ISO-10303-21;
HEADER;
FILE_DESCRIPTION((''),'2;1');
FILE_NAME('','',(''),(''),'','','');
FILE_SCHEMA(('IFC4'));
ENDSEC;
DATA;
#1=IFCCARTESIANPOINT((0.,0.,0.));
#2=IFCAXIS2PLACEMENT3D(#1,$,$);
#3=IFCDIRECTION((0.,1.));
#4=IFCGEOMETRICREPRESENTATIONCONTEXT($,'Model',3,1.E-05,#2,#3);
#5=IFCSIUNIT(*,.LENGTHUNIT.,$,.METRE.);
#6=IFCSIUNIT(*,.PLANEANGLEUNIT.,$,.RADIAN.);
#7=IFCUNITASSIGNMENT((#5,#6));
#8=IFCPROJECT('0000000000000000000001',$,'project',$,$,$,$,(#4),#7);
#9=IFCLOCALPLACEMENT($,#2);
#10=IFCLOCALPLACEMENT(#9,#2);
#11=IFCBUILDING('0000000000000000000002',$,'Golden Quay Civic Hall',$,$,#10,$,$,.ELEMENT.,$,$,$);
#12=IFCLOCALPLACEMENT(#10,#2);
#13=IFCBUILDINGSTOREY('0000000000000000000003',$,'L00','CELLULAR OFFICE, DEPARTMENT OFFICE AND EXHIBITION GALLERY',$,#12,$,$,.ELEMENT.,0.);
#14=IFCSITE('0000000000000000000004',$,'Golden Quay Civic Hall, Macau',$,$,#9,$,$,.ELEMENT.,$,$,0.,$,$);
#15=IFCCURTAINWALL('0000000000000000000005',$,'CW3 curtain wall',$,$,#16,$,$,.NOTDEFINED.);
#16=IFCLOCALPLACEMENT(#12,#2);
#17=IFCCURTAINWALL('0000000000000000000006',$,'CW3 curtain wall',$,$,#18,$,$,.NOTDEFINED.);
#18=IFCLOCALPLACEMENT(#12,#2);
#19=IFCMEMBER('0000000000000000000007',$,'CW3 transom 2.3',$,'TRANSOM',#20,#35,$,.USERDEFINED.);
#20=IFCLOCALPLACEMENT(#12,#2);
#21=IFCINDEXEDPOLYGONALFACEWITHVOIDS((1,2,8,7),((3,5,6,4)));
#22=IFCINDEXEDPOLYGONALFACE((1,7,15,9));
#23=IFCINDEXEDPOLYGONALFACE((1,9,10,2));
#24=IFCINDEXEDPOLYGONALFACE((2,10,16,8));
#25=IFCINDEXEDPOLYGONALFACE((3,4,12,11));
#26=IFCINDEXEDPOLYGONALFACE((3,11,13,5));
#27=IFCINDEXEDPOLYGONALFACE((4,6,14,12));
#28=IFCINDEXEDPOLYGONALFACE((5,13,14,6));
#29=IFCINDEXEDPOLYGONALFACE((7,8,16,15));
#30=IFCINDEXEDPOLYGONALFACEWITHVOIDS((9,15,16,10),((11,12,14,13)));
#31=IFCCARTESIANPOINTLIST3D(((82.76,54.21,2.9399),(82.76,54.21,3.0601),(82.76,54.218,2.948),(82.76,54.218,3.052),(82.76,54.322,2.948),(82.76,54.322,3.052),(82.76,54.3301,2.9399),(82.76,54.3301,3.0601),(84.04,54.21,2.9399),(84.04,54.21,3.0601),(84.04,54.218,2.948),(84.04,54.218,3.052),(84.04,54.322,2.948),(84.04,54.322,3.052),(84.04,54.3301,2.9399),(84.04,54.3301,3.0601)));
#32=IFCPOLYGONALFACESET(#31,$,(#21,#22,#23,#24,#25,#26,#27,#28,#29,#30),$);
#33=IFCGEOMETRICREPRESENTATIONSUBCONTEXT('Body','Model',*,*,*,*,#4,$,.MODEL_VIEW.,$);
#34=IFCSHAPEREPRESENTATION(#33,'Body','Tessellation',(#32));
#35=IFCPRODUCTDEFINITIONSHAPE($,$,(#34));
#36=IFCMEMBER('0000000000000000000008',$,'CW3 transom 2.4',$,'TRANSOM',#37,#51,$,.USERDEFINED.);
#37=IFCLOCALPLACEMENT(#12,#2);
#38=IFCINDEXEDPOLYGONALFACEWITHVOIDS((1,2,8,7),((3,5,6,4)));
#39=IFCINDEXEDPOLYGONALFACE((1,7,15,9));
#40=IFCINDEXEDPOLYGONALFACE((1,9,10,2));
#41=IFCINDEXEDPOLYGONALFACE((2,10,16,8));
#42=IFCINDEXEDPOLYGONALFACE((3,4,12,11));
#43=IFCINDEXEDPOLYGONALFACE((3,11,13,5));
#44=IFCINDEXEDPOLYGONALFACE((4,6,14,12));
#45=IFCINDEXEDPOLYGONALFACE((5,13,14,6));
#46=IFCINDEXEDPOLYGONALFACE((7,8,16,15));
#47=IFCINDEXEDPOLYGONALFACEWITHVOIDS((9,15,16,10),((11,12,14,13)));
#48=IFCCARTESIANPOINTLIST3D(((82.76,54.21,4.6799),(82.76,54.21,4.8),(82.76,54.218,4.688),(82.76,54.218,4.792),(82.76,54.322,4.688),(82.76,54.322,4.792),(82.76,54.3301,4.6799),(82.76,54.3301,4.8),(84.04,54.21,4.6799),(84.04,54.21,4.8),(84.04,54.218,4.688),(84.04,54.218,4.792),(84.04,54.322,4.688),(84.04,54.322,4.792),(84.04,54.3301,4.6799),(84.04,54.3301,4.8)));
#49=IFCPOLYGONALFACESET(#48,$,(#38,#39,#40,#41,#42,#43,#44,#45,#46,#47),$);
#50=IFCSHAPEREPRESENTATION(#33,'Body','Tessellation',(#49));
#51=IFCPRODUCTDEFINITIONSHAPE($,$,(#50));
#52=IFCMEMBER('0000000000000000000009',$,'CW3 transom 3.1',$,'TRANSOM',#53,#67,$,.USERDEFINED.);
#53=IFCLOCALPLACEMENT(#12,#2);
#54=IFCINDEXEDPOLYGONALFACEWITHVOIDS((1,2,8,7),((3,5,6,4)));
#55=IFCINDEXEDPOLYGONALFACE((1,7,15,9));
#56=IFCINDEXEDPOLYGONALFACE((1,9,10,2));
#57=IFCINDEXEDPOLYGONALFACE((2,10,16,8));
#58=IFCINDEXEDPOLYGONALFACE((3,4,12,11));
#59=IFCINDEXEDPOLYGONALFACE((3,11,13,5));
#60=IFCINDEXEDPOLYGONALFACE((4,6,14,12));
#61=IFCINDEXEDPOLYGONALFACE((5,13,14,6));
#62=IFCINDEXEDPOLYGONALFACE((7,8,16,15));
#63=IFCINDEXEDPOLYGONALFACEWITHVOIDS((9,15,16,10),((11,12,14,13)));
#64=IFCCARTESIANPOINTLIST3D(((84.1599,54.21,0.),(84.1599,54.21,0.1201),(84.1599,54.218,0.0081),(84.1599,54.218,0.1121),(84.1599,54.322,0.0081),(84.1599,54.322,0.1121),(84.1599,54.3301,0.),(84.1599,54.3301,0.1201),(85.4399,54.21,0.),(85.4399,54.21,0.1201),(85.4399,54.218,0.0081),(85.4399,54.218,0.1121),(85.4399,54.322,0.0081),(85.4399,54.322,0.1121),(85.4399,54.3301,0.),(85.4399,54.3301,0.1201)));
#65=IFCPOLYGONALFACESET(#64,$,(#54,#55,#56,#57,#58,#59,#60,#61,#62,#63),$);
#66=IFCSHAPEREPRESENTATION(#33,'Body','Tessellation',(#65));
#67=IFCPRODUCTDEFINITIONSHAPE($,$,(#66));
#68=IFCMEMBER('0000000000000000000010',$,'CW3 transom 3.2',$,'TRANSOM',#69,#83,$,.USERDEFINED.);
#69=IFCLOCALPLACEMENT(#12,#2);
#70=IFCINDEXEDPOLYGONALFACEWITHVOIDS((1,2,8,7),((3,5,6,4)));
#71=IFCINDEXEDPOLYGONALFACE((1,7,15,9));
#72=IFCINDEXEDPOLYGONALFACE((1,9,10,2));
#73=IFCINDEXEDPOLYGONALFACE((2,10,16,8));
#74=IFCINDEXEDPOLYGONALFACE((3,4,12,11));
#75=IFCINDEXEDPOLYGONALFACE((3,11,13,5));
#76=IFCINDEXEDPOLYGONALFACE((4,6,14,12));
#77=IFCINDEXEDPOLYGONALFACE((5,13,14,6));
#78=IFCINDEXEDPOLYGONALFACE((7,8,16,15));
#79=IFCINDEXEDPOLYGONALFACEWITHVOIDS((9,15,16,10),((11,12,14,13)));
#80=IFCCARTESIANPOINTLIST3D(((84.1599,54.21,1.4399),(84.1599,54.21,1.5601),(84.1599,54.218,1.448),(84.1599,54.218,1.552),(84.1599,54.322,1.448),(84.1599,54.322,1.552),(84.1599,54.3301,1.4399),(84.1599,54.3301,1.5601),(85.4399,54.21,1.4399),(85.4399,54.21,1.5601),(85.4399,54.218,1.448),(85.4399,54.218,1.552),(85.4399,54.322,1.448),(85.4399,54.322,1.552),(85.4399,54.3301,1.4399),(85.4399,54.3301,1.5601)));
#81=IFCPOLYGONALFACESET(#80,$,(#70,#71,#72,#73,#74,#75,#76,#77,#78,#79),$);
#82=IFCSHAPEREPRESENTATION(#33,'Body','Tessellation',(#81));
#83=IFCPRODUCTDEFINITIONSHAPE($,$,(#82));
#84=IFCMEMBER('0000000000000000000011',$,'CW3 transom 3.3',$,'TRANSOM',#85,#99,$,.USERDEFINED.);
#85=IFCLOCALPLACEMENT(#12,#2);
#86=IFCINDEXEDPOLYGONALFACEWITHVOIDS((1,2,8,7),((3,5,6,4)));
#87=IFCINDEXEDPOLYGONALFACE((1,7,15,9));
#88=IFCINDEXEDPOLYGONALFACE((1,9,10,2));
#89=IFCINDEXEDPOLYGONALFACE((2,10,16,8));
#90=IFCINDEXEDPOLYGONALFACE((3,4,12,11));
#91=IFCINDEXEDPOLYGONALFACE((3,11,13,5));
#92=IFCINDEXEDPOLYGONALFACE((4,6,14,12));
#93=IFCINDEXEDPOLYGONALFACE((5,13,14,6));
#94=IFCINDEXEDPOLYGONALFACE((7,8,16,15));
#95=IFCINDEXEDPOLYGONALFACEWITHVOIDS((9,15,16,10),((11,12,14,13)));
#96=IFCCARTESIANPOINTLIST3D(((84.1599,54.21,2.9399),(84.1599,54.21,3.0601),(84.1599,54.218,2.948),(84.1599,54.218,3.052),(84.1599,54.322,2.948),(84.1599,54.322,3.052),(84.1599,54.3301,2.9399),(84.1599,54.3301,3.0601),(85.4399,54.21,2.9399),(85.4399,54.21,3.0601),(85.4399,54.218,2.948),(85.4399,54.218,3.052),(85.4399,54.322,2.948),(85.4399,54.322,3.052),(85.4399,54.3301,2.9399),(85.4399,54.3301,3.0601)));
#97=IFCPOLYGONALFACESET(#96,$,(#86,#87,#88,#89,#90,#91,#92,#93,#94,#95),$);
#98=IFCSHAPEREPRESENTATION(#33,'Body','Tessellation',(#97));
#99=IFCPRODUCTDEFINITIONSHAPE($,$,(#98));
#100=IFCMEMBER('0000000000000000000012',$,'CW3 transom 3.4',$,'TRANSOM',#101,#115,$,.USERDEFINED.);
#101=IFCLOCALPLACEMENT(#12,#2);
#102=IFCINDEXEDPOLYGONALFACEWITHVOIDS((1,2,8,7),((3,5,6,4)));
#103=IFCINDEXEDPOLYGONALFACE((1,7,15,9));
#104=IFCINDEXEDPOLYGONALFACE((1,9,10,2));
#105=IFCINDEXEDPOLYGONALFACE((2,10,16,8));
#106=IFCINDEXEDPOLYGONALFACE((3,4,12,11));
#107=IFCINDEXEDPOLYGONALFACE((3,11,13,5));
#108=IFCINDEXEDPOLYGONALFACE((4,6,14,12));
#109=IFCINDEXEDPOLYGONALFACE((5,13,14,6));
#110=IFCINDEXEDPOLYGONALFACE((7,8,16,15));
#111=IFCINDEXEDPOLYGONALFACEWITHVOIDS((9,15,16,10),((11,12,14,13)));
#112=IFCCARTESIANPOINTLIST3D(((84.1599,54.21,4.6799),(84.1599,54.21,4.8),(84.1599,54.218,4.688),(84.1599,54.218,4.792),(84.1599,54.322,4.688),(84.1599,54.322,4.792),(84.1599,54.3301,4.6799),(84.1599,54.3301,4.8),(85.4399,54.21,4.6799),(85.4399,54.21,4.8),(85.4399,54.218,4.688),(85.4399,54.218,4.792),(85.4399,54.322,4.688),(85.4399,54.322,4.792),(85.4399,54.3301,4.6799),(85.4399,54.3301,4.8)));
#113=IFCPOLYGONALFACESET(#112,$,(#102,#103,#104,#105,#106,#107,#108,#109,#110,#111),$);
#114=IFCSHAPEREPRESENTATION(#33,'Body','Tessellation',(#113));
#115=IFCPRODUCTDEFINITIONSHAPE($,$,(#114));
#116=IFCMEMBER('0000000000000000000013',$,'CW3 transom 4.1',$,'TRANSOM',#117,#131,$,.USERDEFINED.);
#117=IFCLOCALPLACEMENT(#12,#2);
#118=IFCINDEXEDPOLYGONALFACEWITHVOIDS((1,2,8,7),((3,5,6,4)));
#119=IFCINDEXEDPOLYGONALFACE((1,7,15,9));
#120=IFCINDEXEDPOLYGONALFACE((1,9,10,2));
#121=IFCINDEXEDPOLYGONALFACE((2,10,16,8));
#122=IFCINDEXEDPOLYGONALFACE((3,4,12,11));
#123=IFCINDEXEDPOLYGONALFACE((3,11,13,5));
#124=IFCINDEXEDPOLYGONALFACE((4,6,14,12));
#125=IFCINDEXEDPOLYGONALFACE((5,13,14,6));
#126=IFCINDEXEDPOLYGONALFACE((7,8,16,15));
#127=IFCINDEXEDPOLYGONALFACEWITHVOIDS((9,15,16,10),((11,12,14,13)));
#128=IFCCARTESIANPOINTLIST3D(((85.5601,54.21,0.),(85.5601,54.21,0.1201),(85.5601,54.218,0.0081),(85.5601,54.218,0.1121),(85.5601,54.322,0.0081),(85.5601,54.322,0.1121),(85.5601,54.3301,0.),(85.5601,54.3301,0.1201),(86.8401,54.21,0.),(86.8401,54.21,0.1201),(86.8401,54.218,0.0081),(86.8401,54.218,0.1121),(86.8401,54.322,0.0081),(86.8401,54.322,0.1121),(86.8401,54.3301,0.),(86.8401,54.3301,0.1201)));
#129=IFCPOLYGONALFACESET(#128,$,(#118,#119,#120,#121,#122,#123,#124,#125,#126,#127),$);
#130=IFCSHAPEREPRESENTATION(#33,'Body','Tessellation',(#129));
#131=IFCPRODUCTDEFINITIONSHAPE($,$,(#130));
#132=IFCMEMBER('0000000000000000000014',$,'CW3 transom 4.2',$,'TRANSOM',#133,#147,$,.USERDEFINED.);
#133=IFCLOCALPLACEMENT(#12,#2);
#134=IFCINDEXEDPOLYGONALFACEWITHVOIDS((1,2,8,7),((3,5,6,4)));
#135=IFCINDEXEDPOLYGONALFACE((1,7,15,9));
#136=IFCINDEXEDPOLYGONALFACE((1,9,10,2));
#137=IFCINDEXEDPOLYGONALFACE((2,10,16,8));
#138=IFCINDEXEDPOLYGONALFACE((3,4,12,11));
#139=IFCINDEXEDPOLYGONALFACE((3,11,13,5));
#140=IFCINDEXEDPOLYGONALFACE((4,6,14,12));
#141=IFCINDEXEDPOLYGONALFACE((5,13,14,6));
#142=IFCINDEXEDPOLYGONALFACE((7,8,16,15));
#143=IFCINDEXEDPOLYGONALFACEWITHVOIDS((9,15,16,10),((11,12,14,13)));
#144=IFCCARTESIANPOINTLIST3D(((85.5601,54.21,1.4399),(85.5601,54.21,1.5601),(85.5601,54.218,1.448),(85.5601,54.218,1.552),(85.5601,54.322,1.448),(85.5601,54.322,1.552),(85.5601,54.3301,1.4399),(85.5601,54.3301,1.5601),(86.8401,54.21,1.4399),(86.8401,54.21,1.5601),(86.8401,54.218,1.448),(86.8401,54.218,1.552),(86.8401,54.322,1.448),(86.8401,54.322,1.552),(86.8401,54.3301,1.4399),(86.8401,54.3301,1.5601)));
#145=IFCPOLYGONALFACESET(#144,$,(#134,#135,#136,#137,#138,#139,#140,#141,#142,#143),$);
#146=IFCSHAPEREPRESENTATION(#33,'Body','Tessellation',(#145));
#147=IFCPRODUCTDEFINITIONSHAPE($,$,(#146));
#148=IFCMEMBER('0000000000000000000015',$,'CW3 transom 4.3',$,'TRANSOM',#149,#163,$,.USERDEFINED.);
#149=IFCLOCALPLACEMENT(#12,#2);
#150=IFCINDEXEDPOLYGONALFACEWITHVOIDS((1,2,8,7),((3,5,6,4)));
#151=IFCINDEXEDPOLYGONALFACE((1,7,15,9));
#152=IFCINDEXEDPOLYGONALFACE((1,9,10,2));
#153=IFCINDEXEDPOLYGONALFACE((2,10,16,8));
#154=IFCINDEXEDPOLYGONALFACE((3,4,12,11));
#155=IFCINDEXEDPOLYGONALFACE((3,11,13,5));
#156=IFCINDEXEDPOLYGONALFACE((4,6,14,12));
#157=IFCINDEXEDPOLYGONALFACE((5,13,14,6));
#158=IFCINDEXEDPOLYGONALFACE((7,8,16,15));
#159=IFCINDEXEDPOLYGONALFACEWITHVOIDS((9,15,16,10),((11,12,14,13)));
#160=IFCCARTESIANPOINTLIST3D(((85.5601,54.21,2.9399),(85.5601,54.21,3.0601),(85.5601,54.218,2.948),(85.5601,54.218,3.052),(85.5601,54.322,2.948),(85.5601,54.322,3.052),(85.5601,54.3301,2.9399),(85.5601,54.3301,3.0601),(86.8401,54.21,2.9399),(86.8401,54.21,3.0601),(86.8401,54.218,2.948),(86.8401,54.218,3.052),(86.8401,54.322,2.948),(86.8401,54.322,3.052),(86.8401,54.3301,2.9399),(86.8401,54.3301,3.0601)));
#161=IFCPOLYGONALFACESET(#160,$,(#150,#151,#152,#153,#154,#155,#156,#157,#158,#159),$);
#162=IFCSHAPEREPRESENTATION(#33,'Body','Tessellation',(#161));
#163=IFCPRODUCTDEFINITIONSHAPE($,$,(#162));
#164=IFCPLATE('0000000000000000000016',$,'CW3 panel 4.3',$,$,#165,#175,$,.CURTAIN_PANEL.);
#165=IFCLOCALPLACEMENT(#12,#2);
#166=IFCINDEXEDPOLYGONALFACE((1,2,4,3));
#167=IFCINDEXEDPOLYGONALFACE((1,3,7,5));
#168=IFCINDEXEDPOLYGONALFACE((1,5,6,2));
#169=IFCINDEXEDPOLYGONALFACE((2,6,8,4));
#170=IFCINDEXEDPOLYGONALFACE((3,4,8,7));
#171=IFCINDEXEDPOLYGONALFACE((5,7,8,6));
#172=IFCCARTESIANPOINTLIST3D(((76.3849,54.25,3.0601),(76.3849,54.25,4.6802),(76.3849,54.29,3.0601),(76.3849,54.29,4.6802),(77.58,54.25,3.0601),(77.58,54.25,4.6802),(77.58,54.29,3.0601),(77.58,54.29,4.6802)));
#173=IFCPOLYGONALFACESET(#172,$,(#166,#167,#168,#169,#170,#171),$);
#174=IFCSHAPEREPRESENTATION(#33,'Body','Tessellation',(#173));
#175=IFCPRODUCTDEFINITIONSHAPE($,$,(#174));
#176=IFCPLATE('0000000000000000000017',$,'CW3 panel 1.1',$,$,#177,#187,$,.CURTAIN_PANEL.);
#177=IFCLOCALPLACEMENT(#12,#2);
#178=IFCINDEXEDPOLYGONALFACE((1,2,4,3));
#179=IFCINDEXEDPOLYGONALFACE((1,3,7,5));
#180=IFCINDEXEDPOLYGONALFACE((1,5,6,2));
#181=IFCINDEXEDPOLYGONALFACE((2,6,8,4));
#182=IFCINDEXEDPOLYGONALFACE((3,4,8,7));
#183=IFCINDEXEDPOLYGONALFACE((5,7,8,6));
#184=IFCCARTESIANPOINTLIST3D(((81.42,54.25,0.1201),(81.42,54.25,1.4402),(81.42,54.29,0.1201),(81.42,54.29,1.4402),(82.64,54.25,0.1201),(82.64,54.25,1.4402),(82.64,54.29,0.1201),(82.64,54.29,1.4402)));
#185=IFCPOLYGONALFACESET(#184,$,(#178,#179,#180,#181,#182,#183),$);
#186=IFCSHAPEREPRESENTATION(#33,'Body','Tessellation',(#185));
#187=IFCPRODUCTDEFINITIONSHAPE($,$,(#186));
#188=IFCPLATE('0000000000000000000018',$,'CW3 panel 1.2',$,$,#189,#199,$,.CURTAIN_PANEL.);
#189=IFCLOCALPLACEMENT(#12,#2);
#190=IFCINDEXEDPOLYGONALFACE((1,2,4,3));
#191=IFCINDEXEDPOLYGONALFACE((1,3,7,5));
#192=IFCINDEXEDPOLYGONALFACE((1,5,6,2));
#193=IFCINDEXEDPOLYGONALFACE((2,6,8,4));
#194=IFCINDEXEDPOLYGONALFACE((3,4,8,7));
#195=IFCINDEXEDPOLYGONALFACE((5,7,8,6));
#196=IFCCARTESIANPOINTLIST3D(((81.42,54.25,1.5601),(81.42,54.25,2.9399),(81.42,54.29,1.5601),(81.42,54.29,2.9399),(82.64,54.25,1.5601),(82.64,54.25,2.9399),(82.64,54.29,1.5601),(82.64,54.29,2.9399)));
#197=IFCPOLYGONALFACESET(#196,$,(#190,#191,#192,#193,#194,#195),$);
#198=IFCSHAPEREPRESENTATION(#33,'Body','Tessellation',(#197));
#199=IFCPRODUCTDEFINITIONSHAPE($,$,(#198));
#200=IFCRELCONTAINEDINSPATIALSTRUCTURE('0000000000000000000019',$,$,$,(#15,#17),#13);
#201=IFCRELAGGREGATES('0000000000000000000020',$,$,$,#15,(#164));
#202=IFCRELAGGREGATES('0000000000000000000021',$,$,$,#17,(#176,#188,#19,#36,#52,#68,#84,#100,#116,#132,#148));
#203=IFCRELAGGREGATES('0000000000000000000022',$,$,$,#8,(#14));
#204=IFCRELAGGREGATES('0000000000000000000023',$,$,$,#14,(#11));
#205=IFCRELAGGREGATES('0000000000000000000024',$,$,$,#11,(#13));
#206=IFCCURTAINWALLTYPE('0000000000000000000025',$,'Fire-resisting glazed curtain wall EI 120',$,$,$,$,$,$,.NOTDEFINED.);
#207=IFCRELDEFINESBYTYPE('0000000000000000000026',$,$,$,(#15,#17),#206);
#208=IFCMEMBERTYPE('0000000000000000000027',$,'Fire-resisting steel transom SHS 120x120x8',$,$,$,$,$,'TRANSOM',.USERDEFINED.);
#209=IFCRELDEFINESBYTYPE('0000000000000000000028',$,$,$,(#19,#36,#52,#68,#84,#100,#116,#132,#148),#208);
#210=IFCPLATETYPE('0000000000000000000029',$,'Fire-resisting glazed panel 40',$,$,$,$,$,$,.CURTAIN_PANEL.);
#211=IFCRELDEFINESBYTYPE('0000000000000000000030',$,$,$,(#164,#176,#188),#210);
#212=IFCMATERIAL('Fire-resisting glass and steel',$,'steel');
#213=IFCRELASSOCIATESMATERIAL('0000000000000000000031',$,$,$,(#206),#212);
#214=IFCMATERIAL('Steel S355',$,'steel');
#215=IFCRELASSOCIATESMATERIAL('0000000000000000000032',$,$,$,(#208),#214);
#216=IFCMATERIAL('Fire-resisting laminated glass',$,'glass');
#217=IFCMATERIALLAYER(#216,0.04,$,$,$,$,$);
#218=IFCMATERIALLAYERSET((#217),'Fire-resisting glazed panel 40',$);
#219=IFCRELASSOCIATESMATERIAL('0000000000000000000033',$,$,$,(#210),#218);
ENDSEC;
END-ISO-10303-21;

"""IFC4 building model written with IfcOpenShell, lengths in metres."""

from ifc_helpers import new_model, si_unit, direction, frame, origin, origin_2d, place, context, subcontext, project, spatial, rectangle, hollow_rectangle, extrude, material, layer, layer_set, material_profile, profile_set, type_object, element, aggregate, save


model = new_model("IFC4")

# Units and contexts
model_context = context("Model", 3, precision=1e-05, world=origin(), true_north=direction((0.0, 1.0)))
body_context = subcontext(model_context, "Body", "Model", "MODEL_VIEW")
ifc_project = project(units=[si_unit("LENGTHUNIT", "METRE"), si_unit("PLANEANGLEUNIT", "RADIAN")], contexts=[model_context])

# Site, building, storey
site_placement = place(None, origin())
site = spatial("IfcSite", under=ifc_project, at=site_placement, Name="Golden Quay Civic Hall, Macau", CompositionType="ELEMENT", RefElevation=0.0)
building_placement = place(site_placement, origin())
building = spatial("IfcBuilding", under=site, at=building_placement, Name="Golden Quay Civic Hall", CompositionType="ELEMENT")
storey_placement = place(building_placement, origin())
storey = spatial("IfcBuildingStorey", under=building, at=storey_placement, Name="L00", Description="CELLULAR OFFICE, DEPARTMENT OFFICE AND EXHIBITION GALLERY", CompositionType="ELEMENT", Elevation=0.0)

# Curtain wall
ifc_material_1 = material(Name="Fire-resisting glass and steel", Category="steel")
curtain_wall_type = type_object("IfcCurtainWallType", Name="Fire-resisting glazed curtain wall EI 120", PredefinedType="NOTDEFINED", material=ifc_material_1)
curtain_wall_1_placement = place(storey_placement, origin())
curtain_wall_1 = element("IfcCurtainWall", 1, at=curtain_wall_1_placement, inside=storey, type_object=curtain_wall_type, Name="CW3 curtain wall", PredefinedType="NOTDEFINED")

# Curtain wall, members
curtain_wall_2_placement = place(storey_placement, origin())
curtain_wall_2 = element("IfcCurtainWall", 2, at=curtain_wall_2_placement, inside=storey, type_object=curtain_wall_type, Name="CW3 curtain wall", PredefinedType="NOTDEFINED")
ifc_material_2 = material(Name="Steel S355", Category="steel")
ifc_material_profile_1 = material_profile(ifc_material_2, hollow_rectangle(XDim=0.1201, YDim=0.1201, WallThickness=0.0081, at=origin_2d()), Name="SHS 120x120x8")
ifc_profile_set_1 = profile_set([ifc_material_profile_1], Name="Steel S355")
member_type_1 = type_object("IfcMemberType", Name="Fire-resisting steel transom SHS 120x120x8", ElementType="TRANSOM", PredefinedType="USERDEFINED", material=ifc_profile_set_1)
member_1_placement = place(storey_placement, frame((82.76, 54.27, 3.0), z_axis=(1.0, 0.0, 0.0), x_axis=(0.0, 1.0, 0.0)))
member_1 = element("IfcMember", 3, at=member_1_placement, type_object=member_type_1, Name="CW3 transom 2.3", ObjectType="TRANSOM", PredefinedType="USERDEFINED", context=body_context, shape_type="SweptSolid", body=[
    extrude(hollow_rectangle(XDim=0.1201, YDim=0.1201, WallThickness=0.0081, at=origin_2d()), origin(), (0.0, 0.0, 1.0), 1.28),
])
member_2_placement = place(storey_placement, frame((82.76, 54.27, 4.74), z_axis=(1.0, 0.0, 0.0), x_axis=(0.0, 1.0, 0.0)))
member_2 = element("IfcMember", 4, at=member_2_placement, type_object=member_type_1, Name="CW3 transom 2.4", ObjectType="TRANSOM", PredefinedType="USERDEFINED", context=body_context, shape_type="SweptSolid", body=[
    extrude(hollow_rectangle(XDim=0.1201, YDim=0.1201, WallThickness=0.0081, at=origin_2d()), origin(), (0.0, 0.0, 1.0), 1.28),
])
member_3_placement = place(storey_placement, frame((84.1599, 54.27, 0.0601), z_axis=(1.0, 0.0, 0.0), x_axis=(0.0, 1.0, 0.0)))
member_3 = element("IfcMember", 5, at=member_3_placement, type_object=member_type_1, Name="CW3 transom 3.1", ObjectType="TRANSOM", PredefinedType="USERDEFINED", context=body_context, shape_type="SweptSolid", body=[
    extrude(hollow_rectangle(XDim=0.1201, YDim=0.1201, WallThickness=0.0081, at=origin_2d()), origin(), (0.0, 0.0, 1.0), 1.28),
])
member_4_placement = place(storey_placement, frame((84.1599, 54.27, 1.5), z_axis=(1.0, 0.0, 0.0), x_axis=(0.0, 1.0, 0.0)))
member_4 = element("IfcMember", 6, at=member_4_placement, type_object=member_type_1, Name="CW3 transom 3.2", ObjectType="TRANSOM", PredefinedType="USERDEFINED", context=body_context, shape_type="SweptSolid", body=[
    extrude(hollow_rectangle(XDim=0.1201, YDim=0.1201, WallThickness=0.0081, at=origin_2d()), origin(), (0.0, 0.0, 1.0), 1.28),
])
member_5_placement = place(storey_placement, frame((84.1599, 54.27, 3.0), z_axis=(1.0, 0.0, 0.0), x_axis=(0.0, 1.0, 0.0)))
member_5 = element("IfcMember", 7, at=member_5_placement, type_object=member_type_1, Name="CW3 transom 3.3", ObjectType="TRANSOM", PredefinedType="USERDEFINED", context=body_context, shape_type="SweptSolid", body=[
    extrude(hollow_rectangle(XDim=0.1201, YDim=0.1201, WallThickness=0.0081, at=origin_2d()), origin(), (0.0, 0.0, 1.0), 1.28),
])
member_6_placement = place(storey_placement, frame((84.1599, 54.27, 4.74), z_axis=(1.0, 0.0, 0.0), x_axis=(0.0, 1.0, 0.0)))
member_6 = element("IfcMember", 8, at=member_6_placement, type_object=member_type_1, Name="CW3 transom 3.4", ObjectType="TRANSOM", PredefinedType="USERDEFINED", context=body_context, shape_type="SweptSolid", body=[
    extrude(hollow_rectangle(XDim=0.1201, YDim=0.1201, WallThickness=0.0081, at=origin_2d()), origin(), (0.0, 0.0, 1.0), 1.28),
])
member_7_placement = place(storey_placement, frame((85.5601, 54.27, 0.0601), z_axis=(1.0, 0.0, 0.0), x_axis=(0.0, 1.0, 0.0)))
member_7 = element("IfcMember", 9, at=member_7_placement, type_object=member_type_1, Name="CW3 transom 4.1", ObjectType="TRANSOM", PredefinedType="USERDEFINED", context=body_context, shape_type="SweptSolid", body=[
    extrude(hollow_rectangle(XDim=0.1201, YDim=0.1201, WallThickness=0.0081, at=origin_2d()), origin(), (0.0, 0.0, 1.0), 1.28),
])
member_8_placement = place(storey_placement, frame((85.5601, 54.27, 1.5), z_axis=(1.0, 0.0, 0.0), x_axis=(0.0, 1.0, 0.0)))
member_8 = element("IfcMember", 10, at=member_8_placement, type_object=member_type_1, Name="CW3 transom 4.2", ObjectType="TRANSOM", PredefinedType="USERDEFINED", context=body_context, shape_type="SweptSolid", body=[
    extrude(hollow_rectangle(XDim=0.1201, YDim=0.1201, WallThickness=0.0081, at=origin_2d()), origin(), (0.0, 0.0, 1.0), 1.28),
])
member_9_placement = place(storey_placement, frame((85.5601, 54.27, 3.0), z_axis=(1.0, 0.0, 0.0), x_axis=(0.0, 1.0, 0.0)))
member_9 = element("IfcMember", 11, at=member_9_placement, type_object=member_type_1, Name="CW3 transom 4.3", ObjectType="TRANSOM", PredefinedType="USERDEFINED", context=body_context, shape_type="SweptSolid", body=[
    extrude(hollow_rectangle(XDim=0.1201, YDim=0.1201, WallThickness=0.0081, at=origin_2d()), origin(), (0.0, 0.0, 1.0), 1.28),
])

# Plates
ifc_material_3 = material(Name="Fire-resisting laminated glass", Category="glass")
ifc_layer_1 = layer(ifc_material_3, 0.04)
ifc_layer_set_1 = layer_set([ifc_layer_1], Name="Fire-resisting glazed panel 40")
plate_type = type_object("IfcPlateType", Name="Fire-resisting glazed panel 40", PredefinedType="CURTAIN_PANEL", material=ifc_layer_set_1)
plate_1_placement = place(storey_placement, frame((76.9824, 54.27, 3.0601), z_axis=(0.0, 0.0, 1.0), x_axis=(1.0, 0.0, 0.0)))
plate_1 = element("IfcPlate", 12, at=plate_1_placement, type_object=plate_type, Name="CW3 panel 4.3", PredefinedType="CURTAIN_PANEL", context=body_context, shape_type="SweptSolid", body=[
    extrude(rectangle(XDim=1.1951, YDim=0.04, at=origin_2d()), origin(), (0.0, 0.0, 1.0), 1.6201),
])
aggregate(curtain_wall_1, [plate_1])
plate_2_placement = place(storey_placement, frame((82.03, 54.27, 0.1201), z_axis=(0.0, 0.0, 1.0), x_axis=(1.0, 0.0, 0.0)))
plate_2 = element("IfcPlate", 13, at=plate_2_placement, type_object=plate_type, Name="CW3 panel 1.1", PredefinedType="CURTAIN_PANEL", context=body_context, shape_type="SweptSolid", body=[
    extrude(rectangle(XDim=1.22, YDim=0.04, at=origin_2d()), origin(), (0.0, 0.0, 1.0), 1.3201),
])
plate_3_placement = place(storey_placement, frame((82.03, 54.27, 1.5601), z_axis=(0.0, 0.0, 1.0), x_axis=(1.0, 0.0, 0.0)))
plate_3 = element("IfcPlate", 14, at=plate_3_placement, type_object=plate_type, Name="CW3 panel 1.2", PredefinedType="CURTAIN_PANEL", context=body_context, shape_type="SweptSolid", body=[
    extrude(rectangle(XDim=1.22, YDim=0.04, at=origin_2d()), origin(), (0.0, 0.0, 1.0), 1.3799),
])
aggregate(curtain_wall_2, [plate_2, plate_3, member_1, member_2, member_3, member_4, member_5, member_6, member_7, member_8, member_9])

save(model, "model.ifc")
